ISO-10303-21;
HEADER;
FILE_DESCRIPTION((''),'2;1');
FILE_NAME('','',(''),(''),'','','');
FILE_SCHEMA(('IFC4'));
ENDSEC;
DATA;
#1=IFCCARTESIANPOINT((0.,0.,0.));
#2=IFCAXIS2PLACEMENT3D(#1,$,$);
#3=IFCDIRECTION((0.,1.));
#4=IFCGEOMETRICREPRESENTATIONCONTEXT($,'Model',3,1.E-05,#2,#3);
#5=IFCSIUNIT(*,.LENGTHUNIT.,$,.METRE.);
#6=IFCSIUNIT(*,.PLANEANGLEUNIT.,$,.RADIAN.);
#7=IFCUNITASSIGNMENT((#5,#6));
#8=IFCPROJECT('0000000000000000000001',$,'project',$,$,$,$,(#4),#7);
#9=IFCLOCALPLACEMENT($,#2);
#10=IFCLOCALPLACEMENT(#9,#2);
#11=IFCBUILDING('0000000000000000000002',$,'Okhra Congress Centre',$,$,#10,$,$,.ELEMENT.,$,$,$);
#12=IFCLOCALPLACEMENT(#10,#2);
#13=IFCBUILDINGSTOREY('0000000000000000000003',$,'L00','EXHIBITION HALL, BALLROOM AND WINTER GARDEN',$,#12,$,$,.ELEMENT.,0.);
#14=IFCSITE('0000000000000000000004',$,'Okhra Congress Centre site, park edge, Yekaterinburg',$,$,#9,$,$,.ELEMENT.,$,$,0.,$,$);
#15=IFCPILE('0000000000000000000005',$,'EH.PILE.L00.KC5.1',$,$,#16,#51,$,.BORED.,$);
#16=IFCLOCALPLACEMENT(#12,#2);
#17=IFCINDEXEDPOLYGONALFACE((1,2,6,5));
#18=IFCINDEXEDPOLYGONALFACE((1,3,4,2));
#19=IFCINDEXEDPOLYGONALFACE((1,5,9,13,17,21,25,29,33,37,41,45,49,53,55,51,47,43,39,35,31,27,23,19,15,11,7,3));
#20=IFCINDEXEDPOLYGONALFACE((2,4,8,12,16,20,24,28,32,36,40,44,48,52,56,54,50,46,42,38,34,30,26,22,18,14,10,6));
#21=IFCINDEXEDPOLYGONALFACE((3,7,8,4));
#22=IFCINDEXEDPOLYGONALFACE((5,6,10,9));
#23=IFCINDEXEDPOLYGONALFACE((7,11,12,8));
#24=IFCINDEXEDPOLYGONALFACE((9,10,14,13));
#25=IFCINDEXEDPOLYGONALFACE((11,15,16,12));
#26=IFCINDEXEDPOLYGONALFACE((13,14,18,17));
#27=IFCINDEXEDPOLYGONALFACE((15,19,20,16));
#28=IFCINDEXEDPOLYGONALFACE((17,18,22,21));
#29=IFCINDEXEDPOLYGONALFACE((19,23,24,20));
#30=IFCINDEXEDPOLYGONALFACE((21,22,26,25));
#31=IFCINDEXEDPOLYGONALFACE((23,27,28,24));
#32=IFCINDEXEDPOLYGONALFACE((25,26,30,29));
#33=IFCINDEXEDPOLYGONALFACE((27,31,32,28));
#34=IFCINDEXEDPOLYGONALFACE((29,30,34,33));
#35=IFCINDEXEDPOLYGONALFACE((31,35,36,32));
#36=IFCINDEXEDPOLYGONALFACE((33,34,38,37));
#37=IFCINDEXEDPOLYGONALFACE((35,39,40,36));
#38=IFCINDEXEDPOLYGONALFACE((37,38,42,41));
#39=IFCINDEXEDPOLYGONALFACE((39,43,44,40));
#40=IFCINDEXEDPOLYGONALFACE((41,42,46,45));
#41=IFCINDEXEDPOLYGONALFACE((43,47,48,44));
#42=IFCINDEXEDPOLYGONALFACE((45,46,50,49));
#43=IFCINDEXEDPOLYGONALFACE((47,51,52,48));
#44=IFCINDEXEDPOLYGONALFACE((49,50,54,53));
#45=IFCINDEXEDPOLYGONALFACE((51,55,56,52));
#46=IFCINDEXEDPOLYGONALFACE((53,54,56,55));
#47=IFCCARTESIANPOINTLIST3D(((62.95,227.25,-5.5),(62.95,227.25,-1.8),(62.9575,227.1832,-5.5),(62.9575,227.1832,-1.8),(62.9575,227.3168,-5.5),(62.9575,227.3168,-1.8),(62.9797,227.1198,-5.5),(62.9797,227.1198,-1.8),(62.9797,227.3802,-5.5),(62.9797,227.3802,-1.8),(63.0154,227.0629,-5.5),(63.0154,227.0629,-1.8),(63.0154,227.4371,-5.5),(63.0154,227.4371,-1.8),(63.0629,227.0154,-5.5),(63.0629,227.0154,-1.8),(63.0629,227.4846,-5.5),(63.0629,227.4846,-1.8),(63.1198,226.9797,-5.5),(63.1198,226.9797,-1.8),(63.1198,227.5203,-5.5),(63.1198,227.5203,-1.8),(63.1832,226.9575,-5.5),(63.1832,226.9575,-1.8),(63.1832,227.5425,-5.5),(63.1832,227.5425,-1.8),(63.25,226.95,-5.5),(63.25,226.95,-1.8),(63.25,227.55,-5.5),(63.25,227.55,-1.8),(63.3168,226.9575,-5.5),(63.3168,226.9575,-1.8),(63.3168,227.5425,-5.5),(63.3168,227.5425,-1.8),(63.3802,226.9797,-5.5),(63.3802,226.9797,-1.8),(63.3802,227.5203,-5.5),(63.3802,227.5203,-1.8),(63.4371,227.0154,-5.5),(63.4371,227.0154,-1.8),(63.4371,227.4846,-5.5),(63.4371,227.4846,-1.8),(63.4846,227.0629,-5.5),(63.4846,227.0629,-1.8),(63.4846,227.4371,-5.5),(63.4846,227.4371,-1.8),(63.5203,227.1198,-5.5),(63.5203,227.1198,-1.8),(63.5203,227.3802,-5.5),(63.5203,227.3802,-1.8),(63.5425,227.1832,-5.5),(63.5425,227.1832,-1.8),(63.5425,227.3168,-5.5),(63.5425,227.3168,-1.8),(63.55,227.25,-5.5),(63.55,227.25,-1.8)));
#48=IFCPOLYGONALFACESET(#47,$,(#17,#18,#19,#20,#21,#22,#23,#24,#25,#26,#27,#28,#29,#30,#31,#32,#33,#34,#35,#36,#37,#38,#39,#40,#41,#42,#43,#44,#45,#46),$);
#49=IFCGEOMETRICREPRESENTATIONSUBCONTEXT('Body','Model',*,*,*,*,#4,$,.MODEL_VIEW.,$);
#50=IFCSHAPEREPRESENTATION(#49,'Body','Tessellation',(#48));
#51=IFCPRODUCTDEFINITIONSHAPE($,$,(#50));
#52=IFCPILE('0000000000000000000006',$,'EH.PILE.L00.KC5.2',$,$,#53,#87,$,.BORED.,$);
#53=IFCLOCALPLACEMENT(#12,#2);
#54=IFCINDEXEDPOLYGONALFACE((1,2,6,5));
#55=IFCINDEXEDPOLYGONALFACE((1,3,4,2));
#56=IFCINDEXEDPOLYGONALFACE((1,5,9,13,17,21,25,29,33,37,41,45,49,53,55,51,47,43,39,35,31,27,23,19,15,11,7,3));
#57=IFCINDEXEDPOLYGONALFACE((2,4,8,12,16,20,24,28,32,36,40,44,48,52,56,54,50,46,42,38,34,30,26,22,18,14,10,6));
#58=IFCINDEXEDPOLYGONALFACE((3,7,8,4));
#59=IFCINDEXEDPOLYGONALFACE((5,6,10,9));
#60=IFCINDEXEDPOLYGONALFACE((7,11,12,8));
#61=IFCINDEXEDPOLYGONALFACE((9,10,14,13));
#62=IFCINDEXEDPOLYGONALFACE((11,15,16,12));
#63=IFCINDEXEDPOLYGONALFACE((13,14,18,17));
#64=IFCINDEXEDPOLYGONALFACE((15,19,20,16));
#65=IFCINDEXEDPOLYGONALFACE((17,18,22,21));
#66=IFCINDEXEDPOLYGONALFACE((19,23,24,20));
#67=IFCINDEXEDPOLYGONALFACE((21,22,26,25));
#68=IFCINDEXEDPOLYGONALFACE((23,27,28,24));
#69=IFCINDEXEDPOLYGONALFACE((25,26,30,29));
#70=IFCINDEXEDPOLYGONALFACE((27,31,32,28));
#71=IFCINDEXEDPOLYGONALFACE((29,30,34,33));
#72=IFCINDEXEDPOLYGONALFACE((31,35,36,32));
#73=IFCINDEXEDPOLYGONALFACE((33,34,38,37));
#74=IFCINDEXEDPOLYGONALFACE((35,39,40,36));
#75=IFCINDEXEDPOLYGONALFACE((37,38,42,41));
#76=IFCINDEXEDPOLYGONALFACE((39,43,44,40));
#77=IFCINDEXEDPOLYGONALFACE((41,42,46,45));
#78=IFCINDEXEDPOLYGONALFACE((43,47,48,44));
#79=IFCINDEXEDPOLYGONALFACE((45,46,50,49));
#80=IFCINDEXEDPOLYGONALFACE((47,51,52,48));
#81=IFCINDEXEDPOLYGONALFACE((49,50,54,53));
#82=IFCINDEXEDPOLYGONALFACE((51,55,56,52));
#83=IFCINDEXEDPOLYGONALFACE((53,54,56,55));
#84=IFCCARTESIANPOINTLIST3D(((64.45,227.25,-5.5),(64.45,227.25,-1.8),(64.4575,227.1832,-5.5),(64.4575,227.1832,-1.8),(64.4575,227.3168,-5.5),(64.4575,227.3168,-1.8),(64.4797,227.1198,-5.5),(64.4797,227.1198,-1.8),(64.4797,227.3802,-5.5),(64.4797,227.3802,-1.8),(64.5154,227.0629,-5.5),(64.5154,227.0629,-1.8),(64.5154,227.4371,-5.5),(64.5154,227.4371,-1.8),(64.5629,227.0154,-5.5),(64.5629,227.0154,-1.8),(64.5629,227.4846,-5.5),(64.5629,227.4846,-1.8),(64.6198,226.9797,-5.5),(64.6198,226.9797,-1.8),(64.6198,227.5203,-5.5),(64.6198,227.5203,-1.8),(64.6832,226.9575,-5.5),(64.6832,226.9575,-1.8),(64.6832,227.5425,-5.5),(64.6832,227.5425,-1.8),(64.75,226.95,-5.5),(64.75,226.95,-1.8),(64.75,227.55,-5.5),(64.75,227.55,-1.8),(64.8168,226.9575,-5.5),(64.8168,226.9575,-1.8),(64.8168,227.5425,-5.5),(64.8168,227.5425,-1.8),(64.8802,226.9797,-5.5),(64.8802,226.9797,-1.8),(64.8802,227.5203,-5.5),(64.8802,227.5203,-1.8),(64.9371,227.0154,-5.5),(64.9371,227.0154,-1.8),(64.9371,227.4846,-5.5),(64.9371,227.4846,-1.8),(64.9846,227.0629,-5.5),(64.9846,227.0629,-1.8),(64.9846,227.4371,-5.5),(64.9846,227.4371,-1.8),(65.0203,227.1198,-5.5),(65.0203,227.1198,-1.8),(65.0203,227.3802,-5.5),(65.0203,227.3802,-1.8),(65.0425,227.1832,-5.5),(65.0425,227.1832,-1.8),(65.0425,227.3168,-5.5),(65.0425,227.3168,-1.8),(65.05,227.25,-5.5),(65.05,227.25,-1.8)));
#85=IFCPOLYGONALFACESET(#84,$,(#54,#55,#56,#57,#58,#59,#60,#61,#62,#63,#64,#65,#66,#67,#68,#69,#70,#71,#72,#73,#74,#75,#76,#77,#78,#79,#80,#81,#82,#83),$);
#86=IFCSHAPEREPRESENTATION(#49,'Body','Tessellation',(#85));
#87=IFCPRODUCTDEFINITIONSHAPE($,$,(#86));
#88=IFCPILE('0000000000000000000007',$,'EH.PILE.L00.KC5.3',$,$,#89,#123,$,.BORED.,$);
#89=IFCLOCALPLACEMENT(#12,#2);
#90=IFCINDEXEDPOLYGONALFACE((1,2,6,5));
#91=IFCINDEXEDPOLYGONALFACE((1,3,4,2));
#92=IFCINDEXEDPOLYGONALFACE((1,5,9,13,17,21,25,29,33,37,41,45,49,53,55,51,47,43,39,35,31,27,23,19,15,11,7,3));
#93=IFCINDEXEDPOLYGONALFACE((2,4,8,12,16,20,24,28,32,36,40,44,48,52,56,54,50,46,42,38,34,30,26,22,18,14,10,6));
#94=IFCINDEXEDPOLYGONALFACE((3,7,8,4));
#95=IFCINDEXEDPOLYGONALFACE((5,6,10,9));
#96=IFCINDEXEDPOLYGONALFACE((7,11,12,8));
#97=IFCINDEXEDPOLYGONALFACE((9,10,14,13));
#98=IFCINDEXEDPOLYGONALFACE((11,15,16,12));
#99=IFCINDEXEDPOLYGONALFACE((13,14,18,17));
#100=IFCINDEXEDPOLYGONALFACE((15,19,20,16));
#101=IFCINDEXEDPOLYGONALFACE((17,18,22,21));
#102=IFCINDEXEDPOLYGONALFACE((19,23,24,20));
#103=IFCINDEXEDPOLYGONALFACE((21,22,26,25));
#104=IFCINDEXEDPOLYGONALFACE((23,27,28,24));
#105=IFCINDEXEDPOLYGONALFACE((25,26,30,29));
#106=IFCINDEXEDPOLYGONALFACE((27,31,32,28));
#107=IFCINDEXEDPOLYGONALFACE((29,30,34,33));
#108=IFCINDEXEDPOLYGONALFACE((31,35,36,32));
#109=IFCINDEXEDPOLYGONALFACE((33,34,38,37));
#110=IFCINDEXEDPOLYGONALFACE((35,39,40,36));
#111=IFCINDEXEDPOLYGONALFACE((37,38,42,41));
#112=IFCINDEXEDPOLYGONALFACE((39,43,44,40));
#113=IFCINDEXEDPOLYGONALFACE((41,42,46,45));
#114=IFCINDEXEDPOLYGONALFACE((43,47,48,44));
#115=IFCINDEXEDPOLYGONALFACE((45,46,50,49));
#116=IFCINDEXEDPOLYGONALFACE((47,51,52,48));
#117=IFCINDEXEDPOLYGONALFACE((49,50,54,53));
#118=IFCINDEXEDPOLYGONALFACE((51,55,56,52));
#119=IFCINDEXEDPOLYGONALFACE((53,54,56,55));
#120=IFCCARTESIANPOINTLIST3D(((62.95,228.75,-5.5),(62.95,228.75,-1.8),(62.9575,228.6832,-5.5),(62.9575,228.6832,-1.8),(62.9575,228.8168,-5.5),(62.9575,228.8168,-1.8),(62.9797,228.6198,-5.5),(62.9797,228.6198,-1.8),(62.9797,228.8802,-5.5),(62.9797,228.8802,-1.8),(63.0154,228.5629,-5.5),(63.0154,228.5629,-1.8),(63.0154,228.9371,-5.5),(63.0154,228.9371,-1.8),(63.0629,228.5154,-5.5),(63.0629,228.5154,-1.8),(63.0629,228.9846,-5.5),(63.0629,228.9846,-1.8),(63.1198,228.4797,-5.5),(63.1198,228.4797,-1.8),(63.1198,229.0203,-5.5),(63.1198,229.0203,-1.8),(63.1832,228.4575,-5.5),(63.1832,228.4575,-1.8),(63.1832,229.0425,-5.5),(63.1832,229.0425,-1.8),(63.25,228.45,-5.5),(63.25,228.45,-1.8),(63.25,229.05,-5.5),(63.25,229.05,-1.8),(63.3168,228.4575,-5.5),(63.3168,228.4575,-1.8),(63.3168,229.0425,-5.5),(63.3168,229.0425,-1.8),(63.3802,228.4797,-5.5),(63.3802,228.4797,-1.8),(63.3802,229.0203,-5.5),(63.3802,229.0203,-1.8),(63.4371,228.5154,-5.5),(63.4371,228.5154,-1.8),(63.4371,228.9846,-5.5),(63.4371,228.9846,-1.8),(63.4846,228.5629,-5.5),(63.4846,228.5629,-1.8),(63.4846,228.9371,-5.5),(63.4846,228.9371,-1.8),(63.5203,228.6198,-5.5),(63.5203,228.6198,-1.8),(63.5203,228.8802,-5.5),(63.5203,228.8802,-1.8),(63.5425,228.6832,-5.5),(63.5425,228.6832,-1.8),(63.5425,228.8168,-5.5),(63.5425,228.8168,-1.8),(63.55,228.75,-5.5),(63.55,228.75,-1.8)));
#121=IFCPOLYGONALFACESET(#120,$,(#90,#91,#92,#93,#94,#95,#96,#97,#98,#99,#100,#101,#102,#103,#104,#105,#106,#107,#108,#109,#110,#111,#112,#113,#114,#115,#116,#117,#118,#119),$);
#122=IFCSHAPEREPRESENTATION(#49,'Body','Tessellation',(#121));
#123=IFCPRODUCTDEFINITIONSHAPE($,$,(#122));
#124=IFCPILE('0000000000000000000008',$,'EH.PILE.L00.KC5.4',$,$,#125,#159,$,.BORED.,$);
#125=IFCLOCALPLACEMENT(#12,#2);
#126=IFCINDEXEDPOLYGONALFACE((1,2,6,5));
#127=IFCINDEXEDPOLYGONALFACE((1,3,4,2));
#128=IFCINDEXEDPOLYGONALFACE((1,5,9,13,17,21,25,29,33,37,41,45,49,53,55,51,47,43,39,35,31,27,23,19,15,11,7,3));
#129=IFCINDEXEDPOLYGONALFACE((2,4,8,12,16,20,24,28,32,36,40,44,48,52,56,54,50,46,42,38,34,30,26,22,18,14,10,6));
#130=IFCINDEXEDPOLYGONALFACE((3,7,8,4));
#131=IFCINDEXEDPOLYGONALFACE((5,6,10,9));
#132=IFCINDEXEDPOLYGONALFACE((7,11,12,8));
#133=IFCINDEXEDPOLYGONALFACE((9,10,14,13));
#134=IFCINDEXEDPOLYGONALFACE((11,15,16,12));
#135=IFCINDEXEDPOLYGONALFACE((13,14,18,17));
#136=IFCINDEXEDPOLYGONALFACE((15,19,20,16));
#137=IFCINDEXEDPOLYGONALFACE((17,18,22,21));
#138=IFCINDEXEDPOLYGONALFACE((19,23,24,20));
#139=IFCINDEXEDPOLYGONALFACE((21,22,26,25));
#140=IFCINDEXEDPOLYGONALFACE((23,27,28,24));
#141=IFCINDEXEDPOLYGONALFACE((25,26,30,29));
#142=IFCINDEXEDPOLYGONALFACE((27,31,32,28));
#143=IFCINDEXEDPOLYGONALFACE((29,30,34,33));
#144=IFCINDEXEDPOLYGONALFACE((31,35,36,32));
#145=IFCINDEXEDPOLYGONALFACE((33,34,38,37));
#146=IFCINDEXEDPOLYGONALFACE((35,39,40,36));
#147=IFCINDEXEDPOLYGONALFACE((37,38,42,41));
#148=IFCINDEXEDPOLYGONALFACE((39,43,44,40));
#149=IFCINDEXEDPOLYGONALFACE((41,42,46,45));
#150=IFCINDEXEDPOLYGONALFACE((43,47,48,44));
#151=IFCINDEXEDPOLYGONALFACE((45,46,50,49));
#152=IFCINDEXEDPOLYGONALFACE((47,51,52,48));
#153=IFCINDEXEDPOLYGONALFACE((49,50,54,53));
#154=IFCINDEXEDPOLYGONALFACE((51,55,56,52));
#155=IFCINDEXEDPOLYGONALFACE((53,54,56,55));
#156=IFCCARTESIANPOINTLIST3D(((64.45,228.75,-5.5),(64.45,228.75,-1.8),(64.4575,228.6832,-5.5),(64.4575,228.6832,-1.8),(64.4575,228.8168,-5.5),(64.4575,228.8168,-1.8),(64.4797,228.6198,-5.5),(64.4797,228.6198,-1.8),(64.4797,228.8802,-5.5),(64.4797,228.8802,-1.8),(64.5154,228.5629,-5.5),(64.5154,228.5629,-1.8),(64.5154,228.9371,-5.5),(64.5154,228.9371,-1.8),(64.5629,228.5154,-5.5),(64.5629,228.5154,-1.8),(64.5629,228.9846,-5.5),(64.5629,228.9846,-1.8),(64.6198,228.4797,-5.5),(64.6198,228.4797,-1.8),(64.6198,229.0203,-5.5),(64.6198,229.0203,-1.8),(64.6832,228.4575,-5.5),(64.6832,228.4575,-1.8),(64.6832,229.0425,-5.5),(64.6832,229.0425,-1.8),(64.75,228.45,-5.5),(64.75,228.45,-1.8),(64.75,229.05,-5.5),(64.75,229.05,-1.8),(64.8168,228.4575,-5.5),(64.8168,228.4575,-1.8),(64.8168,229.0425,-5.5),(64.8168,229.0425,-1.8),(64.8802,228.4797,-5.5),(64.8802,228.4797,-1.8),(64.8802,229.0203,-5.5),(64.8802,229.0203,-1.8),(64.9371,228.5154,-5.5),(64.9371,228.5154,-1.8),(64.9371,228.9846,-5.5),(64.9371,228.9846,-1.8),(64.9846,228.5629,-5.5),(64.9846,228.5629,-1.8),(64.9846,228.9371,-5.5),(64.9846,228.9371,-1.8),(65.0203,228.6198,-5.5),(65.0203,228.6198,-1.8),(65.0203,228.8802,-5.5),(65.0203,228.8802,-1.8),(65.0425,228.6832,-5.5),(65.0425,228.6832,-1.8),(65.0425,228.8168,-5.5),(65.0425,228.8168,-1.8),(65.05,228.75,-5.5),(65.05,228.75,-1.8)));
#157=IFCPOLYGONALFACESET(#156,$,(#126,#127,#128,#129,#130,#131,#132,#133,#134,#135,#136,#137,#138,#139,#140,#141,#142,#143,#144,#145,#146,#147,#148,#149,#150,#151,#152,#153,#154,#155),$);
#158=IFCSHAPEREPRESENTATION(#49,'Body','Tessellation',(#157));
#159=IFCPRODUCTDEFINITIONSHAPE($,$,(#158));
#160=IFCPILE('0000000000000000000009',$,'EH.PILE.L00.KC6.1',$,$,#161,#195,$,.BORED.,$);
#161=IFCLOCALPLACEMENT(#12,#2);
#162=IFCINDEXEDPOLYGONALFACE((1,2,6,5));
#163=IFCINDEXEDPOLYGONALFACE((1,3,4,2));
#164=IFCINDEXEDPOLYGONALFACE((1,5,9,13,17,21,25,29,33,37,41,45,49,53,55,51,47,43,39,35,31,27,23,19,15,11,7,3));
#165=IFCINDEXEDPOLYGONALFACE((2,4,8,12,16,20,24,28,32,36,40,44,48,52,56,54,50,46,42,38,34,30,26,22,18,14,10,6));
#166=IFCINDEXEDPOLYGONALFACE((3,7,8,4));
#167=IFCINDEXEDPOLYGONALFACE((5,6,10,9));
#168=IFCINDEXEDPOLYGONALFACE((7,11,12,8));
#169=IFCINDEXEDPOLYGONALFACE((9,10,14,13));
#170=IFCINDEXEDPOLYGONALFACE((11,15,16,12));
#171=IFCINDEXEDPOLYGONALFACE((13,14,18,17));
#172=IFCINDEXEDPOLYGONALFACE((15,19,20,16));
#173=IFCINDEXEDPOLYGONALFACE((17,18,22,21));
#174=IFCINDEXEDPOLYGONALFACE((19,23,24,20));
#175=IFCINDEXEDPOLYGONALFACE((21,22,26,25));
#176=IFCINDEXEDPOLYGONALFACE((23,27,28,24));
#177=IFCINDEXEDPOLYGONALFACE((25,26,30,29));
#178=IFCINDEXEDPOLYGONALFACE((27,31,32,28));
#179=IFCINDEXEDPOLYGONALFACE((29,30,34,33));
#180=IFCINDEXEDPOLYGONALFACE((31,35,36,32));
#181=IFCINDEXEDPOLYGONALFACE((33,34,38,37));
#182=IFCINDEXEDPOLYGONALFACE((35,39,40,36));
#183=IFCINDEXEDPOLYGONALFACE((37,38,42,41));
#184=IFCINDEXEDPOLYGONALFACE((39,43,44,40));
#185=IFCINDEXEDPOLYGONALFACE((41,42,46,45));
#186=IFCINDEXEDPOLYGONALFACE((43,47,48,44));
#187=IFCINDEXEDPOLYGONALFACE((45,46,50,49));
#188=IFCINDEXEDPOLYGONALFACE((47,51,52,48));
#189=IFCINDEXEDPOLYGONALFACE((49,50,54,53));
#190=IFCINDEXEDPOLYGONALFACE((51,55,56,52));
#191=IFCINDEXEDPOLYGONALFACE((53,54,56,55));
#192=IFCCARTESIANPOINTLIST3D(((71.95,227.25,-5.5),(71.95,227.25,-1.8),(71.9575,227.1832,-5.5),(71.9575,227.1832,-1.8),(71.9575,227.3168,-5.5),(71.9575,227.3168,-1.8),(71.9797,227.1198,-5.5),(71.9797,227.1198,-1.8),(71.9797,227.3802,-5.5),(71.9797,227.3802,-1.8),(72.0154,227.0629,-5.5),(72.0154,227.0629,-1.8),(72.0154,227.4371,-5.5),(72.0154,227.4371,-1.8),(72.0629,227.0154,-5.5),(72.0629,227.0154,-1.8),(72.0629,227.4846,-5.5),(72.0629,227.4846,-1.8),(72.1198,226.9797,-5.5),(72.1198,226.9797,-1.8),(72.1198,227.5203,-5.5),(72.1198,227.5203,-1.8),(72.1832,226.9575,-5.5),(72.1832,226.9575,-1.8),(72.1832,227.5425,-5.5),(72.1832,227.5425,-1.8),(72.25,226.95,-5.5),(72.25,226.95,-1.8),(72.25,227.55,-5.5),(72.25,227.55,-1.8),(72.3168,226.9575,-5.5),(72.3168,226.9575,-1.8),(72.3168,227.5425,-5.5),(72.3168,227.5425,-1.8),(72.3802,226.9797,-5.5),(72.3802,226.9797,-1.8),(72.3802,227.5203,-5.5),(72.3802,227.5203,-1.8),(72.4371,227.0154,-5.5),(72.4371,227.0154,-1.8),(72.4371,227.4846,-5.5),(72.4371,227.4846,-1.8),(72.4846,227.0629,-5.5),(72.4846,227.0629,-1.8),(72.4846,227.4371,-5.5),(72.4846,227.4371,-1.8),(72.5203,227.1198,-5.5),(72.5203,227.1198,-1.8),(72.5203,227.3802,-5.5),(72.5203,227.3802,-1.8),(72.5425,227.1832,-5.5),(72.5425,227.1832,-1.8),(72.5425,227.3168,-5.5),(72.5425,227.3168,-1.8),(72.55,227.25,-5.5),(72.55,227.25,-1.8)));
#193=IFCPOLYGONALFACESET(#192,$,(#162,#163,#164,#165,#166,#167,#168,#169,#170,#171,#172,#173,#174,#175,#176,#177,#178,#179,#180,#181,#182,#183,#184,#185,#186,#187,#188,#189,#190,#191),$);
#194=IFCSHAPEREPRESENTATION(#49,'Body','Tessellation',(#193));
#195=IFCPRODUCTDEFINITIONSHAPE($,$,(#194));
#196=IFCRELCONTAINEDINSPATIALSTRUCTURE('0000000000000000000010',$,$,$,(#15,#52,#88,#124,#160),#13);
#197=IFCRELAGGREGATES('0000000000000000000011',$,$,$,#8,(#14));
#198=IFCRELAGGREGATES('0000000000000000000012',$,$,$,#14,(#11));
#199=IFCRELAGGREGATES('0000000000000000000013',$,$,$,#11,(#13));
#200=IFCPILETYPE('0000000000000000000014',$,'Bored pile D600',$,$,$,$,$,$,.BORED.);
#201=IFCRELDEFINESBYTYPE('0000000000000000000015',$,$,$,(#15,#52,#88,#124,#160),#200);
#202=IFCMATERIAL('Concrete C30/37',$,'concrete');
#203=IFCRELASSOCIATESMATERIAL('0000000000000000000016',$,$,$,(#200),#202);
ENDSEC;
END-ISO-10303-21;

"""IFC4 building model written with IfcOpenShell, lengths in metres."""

from ifc_helpers import new_model, si_unit, direction, frame, origin, origin_2d, place, context, subcontext, project, spatial, circle, extrude, material, material_profile, profile_set, type_object, element, save


model = new_model("IFC4")

# Units and contexts
model_context = context("Model", 3, precision=1e-05, world=origin(), true_north=direction((0.0, 1.0)))
body_context = subcontext(model_context, "Body", "Model", "MODEL_VIEW")
ifc_project = project(units=[si_unit("LENGTHUNIT", "METRE"), si_unit("PLANEANGLEUNIT", "RADIAN")], contexts=[model_context])

# Site, building, storey
site_placement = place(None, origin())
site = spatial("IfcSite", under=ifc_project, at=site_placement, Name="Okhra Congress Centre site, park edge, Yekaterinburg", CompositionType="ELEMENT", RefElevation=0.0)
building_placement = place(site_placement, origin())
building = spatial("IfcBuilding", under=site, at=building_placement, Name="Okhra Congress Centre", CompositionType="ELEMENT")
storey_placement = place(building_placement, origin())
storey = spatial("IfcBuildingStorey", under=building, at=storey_placement, Name="L00", Description="EXHIBITION HALL, BALLROOM AND WINTER GARDEN", CompositionType="ELEMENT", Elevation=0.0)

# Piles
ifc_material_1 = material(Name="Concrete C30/37", Category="concrete")
ifc_material_profile_1 = material_profile(ifc_material_1, circle(Radius=0.3, at=origin_2d()), Name="D600")
ifc_profile_set_1 = profile_set([ifc_material_profile_1], Name="Concrete C30/37")
pile_type = type_object("IfcPileType", Name="Bored pile D600", PredefinedType="BORED", material=ifc_profile_set_1)
for number, where, z_axis, x_axis, name in (
    (1, (63.25, 227.25, -1.8), (0.0, 0.0, -1.0), (1.0, 0.0, 0.0), "EH.PILE.L00.KC5.1"),
    (2, (64.75, 227.25, -1.8), (0.0, 0.0, -1.0), (1.0, 0.0, 0.0), "EH.PILE.L00.KC5.2"),
    (3, (63.25, 228.75, -1.8), (0.0, 0.0, -1.0), (1.0, 0.0, 0.0), "EH.PILE.L00.KC5.3"),
    (4, (64.75, 228.75, -1.8), (0.0, 0.0, -1.0), (1.0, 0.0, 0.0), "EH.PILE.L00.KC5.4"),
    (5, (72.25, 227.25, -1.8), (0.0, 0.0, -1.0), (1.0, 0.0, 0.0), "EH.PILE.L00.KC6.1"),
):
    element("IfcPile", number, at=place(storey_placement, frame(where, z_axis=z_axis, x_axis=x_axis)), inside=storey, type_object=pile_type, Name=name, PredefinedType="BORED", context=body_context, shape_type="SweptSolid", body=[
        extrude(circle(Radius=0.3, at=origin_2d()), origin(), (0.0, 0.0, 1.0), 3.7),
    ])

save(model, "model.ifc")
